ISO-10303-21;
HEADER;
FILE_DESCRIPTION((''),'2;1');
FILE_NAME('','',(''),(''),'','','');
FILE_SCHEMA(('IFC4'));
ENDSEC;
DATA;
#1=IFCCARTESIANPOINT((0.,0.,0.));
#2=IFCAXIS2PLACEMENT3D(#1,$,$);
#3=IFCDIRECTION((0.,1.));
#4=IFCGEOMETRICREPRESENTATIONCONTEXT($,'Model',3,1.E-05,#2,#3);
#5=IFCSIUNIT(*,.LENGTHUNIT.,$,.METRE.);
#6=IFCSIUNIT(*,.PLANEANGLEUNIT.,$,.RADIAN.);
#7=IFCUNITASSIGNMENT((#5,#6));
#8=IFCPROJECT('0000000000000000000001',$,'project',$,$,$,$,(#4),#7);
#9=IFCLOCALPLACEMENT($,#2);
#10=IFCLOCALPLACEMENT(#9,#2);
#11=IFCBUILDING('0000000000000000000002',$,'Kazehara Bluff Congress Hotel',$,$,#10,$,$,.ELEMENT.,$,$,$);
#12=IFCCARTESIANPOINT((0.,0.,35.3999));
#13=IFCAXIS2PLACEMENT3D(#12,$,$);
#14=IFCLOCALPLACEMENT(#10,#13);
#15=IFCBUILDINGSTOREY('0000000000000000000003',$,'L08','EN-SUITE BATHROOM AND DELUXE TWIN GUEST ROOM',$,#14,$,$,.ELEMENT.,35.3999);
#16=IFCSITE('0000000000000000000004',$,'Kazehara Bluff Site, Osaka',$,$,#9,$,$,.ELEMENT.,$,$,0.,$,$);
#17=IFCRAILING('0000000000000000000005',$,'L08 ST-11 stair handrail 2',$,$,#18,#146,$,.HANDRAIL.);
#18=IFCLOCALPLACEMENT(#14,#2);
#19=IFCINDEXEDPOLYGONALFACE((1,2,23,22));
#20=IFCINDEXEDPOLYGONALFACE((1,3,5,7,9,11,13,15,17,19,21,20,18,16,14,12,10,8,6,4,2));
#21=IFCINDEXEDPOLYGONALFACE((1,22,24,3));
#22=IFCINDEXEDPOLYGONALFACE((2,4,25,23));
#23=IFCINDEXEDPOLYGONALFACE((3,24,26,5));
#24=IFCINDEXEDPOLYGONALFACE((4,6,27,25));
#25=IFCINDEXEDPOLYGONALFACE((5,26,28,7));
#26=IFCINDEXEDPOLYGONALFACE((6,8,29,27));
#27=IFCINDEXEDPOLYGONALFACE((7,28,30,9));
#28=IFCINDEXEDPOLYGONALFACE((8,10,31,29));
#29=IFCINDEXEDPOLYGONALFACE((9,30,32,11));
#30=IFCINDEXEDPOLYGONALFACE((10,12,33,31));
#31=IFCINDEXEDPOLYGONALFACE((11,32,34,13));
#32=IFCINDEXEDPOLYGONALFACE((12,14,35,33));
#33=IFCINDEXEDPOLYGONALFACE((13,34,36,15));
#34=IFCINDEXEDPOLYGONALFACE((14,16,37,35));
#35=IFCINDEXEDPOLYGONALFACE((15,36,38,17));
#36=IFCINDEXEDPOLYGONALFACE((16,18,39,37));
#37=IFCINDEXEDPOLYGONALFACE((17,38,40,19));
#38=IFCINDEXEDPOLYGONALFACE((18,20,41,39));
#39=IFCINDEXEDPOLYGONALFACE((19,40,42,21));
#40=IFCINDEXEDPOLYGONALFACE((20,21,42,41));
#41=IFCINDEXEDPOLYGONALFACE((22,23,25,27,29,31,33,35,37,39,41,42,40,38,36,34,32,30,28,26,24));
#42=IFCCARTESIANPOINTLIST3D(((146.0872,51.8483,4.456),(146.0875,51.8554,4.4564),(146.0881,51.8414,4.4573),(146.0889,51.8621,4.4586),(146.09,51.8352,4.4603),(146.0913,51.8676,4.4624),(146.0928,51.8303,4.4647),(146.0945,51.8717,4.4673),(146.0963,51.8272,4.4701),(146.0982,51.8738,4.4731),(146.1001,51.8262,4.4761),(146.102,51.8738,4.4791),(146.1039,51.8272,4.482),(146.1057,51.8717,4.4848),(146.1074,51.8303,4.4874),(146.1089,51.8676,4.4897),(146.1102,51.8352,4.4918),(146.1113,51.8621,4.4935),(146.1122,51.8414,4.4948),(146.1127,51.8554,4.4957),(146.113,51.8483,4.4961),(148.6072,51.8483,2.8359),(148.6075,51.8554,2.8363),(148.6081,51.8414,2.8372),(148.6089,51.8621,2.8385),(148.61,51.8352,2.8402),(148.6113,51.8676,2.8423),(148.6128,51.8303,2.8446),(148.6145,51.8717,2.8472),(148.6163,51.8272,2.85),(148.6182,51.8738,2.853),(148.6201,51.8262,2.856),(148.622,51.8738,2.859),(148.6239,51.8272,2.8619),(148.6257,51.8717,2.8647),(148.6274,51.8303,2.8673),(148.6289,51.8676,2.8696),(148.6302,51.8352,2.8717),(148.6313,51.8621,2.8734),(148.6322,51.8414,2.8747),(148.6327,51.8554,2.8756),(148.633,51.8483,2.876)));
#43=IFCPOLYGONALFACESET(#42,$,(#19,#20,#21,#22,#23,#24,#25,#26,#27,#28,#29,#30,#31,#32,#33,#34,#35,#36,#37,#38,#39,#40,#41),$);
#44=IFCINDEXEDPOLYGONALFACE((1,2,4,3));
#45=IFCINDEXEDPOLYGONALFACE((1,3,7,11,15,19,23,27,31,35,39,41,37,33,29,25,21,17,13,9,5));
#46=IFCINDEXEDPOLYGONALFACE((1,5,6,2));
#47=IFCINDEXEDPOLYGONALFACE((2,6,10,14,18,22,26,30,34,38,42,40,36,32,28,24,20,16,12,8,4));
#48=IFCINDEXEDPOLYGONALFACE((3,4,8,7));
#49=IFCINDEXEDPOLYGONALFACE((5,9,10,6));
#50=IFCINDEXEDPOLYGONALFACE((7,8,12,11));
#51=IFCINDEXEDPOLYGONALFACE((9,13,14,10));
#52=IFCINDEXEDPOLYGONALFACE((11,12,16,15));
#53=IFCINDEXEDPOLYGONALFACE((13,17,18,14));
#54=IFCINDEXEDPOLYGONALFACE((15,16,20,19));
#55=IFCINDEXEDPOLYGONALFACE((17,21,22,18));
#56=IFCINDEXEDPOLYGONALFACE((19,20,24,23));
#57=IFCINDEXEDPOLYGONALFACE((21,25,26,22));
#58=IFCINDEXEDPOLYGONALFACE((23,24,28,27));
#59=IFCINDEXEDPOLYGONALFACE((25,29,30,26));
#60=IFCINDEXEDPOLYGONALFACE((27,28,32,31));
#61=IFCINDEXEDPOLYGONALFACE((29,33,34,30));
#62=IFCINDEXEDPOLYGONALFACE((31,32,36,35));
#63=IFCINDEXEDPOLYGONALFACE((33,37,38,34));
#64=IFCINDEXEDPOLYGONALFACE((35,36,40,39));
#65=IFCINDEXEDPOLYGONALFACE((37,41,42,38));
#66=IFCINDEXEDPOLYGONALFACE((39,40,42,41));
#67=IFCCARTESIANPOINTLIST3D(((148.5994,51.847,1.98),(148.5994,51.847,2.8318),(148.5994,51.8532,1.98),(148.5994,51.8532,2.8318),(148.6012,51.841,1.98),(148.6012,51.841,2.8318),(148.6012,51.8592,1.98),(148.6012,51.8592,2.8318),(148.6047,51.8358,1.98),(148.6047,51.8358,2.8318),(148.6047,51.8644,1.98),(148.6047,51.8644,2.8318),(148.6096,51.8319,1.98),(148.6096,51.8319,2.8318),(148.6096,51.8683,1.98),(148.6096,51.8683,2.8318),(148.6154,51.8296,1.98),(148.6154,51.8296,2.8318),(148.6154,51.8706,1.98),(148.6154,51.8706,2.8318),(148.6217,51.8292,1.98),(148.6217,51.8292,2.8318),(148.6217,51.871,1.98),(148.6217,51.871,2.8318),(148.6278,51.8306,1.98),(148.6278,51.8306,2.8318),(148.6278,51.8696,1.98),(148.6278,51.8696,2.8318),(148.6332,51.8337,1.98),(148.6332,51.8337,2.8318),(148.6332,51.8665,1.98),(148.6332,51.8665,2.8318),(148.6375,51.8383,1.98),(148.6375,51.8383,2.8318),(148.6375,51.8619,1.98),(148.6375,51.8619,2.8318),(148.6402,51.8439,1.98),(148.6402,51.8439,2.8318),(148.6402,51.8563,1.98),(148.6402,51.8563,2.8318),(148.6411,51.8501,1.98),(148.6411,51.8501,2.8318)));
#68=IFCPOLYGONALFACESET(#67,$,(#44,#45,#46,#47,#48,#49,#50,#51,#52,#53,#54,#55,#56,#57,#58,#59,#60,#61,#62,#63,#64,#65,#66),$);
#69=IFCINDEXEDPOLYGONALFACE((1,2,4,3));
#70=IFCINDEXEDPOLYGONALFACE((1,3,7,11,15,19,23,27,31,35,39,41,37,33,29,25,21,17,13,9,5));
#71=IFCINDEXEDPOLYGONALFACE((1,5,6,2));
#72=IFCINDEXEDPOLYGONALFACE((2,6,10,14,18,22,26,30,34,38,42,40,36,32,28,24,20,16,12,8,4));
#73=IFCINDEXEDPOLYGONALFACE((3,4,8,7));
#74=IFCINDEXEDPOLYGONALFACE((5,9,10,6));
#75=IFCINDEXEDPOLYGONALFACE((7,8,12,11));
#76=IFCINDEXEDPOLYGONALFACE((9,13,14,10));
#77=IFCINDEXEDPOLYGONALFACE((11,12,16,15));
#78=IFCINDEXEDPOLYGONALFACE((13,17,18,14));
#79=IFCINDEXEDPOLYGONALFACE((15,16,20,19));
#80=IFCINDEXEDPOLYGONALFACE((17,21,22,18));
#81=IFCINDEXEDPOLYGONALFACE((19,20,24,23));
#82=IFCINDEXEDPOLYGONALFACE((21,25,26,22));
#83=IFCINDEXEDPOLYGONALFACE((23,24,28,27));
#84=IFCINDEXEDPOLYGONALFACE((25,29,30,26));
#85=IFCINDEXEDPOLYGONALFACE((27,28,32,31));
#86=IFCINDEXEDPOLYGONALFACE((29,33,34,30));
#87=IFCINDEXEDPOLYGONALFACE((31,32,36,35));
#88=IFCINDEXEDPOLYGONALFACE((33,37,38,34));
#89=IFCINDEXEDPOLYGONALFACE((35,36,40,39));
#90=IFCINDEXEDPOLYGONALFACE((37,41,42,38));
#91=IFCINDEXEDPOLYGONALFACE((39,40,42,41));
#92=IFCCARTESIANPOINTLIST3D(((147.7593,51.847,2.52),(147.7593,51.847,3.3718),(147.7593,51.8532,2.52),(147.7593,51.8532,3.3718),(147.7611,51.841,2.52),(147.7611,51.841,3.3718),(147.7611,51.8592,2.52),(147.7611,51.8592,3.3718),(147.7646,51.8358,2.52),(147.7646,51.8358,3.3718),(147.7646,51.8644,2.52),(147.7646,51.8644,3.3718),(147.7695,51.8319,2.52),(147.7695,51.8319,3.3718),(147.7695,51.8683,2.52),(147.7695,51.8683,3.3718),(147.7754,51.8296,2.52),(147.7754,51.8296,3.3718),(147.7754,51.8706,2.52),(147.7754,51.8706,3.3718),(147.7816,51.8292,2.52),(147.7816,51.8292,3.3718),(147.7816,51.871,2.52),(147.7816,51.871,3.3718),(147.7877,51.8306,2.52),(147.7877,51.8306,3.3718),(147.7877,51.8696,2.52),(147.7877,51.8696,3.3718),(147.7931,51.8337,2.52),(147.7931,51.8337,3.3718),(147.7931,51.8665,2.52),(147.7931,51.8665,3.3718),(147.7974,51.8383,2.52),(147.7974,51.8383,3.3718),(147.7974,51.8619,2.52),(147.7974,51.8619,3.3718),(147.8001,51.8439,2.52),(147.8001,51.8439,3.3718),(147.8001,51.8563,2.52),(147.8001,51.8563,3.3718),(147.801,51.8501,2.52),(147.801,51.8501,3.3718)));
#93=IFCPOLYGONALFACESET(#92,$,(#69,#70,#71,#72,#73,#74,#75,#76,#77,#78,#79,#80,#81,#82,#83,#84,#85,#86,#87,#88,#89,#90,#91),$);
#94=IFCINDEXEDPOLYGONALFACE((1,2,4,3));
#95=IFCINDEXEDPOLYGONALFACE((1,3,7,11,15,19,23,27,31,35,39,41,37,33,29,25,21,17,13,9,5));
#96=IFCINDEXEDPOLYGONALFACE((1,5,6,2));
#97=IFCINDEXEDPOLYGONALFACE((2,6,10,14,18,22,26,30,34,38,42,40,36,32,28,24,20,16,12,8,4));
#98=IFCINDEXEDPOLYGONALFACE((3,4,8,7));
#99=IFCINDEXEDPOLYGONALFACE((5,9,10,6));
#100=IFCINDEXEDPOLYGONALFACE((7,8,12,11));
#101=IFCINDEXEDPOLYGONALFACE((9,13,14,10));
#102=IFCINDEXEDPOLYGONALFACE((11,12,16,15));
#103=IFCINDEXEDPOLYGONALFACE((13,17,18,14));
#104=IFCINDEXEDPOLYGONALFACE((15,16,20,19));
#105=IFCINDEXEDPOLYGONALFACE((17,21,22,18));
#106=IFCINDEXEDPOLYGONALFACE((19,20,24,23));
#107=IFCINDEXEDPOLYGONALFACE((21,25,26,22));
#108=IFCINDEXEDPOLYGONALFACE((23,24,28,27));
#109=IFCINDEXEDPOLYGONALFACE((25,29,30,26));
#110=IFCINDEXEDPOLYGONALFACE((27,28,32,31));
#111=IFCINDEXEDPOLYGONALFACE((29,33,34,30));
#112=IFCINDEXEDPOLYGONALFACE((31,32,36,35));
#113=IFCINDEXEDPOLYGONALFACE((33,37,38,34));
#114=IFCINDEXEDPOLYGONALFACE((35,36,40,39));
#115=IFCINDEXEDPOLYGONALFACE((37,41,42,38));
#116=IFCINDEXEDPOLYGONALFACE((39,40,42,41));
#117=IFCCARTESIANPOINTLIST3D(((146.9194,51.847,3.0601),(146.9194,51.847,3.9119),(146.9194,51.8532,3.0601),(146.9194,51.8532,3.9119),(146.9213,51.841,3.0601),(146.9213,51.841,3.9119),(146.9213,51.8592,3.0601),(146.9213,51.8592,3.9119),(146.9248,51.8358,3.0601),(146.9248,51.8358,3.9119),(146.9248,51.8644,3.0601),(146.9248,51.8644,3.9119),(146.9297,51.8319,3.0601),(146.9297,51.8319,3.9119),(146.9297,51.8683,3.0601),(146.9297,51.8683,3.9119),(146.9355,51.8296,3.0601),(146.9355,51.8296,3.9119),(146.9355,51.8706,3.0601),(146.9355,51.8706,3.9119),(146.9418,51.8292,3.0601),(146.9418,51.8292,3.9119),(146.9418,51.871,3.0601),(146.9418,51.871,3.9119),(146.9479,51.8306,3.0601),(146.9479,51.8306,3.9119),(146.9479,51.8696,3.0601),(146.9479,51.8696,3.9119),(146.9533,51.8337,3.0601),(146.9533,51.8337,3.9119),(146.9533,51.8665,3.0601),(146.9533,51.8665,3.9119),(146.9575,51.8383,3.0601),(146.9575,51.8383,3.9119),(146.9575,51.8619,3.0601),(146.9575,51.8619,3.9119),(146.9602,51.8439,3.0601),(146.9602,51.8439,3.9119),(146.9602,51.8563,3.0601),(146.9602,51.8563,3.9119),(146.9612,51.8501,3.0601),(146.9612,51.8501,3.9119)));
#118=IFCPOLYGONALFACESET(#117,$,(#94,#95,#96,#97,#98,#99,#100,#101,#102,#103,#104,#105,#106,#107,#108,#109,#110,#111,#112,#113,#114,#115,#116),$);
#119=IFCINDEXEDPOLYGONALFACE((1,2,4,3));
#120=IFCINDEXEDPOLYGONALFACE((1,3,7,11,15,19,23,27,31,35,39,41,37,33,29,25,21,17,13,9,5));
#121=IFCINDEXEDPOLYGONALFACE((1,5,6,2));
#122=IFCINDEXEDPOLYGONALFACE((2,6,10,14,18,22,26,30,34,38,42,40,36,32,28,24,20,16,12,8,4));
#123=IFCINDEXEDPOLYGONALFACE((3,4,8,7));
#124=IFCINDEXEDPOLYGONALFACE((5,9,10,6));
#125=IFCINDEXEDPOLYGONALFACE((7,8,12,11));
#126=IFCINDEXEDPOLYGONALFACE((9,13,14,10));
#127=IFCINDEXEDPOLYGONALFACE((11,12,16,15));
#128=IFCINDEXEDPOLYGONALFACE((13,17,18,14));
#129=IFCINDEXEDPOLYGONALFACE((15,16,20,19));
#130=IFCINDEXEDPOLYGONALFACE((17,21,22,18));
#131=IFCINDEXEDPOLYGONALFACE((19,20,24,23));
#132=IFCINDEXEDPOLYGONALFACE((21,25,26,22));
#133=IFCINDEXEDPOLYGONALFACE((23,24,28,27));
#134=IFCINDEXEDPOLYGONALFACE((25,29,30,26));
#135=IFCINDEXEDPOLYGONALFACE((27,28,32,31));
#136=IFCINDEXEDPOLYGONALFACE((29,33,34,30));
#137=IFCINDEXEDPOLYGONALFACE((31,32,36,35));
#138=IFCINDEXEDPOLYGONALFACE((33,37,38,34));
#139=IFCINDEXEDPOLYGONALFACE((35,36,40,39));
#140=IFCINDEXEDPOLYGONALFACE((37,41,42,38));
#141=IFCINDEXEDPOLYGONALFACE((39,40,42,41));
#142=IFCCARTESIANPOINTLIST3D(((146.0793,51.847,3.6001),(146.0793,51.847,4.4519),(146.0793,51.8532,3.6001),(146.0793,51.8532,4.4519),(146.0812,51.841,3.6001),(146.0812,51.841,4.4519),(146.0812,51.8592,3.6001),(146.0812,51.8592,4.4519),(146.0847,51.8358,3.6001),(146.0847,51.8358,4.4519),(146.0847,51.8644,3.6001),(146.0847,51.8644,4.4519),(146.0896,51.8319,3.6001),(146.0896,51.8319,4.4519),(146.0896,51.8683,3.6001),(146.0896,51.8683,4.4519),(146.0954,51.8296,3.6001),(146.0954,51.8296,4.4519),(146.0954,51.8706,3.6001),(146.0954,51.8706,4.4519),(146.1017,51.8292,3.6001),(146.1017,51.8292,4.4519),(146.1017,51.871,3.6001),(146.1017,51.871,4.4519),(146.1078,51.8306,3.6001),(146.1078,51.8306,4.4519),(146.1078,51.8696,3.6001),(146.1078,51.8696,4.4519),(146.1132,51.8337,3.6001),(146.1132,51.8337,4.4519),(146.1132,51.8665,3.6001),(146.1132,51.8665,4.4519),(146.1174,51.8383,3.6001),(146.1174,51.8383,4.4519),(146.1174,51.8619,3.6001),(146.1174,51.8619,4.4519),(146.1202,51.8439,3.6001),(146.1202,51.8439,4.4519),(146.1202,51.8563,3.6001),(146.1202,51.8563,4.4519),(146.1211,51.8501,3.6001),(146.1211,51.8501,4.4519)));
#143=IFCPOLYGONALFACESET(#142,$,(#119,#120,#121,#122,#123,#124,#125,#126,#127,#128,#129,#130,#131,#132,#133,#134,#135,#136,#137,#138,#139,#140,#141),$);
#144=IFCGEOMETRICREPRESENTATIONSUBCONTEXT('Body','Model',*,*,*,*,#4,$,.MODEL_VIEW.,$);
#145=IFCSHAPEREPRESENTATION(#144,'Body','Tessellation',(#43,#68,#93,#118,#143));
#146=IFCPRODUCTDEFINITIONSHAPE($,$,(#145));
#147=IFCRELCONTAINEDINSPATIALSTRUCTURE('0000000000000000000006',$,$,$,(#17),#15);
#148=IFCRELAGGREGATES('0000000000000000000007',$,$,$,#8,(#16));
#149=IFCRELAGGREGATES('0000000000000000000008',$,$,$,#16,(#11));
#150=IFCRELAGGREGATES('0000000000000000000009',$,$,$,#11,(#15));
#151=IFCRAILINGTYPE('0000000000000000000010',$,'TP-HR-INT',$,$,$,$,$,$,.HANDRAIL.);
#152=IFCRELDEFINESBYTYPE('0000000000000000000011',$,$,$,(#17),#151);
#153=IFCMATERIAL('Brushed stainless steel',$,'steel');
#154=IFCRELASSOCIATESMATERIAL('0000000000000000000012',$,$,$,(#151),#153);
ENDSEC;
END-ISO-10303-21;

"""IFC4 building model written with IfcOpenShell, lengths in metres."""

from ifc_helpers import new_model, si_unit, direction, frame, origin, origin_2d, place, context, subcontext, project, spatial, circle, extrude, material, type_object, element, save


model = new_model("IFC4")

# Units and contexts
model_context = context("Model", 3, precision=1e-05, world=origin(), true_north=direction((0.0, 1.0)))
body_context = subcontext(model_context, "Body", "Model", "MODEL_VIEW")
ifc_project = project(units=[si_unit("LENGTHUNIT", "METRE"), si_unit("PLANEANGLEUNIT", "RADIAN")], contexts=[model_context])

# Site, building, storey
site_placement = place(None, origin())
site = spatial("IfcSite", under=ifc_project, at=site_placement, Name="Kazehara Bluff Site, Osaka", CompositionType="ELEMENT", RefElevation=0.0)
building_placement = place(site_placement, origin())
building = spatial("IfcBuilding", under=site, at=building_placement, Name="Kazehara Bluff Congress Hotel", CompositionType="ELEMENT")
storey_placement = place(building_placement, frame((0.0, 0.0, 35.3999)))
storey = spatial("IfcBuildingStorey", under=building, at=storey_placement, Name="L08", Description="EN-SUITE BATHROOM AND DELUXE TWIN GUEST ROOM", CompositionType="ELEMENT", Elevation=35.3999)

# Railing
ifc_material_1 = material(Name="Brushed stainless steel", Category="steel")
railing_type_1 = type_object("IfcRailingType", Name="TP-HR-INT", PredefinedType="HANDRAIL", material=ifc_material_1)
railing_1_placement = place(storey_placement, frame((148.6201, 51.8501, 1.98)))
element("IfcRailing", 1, at=railing_1_placement, inside=storey, type_object=railing_type_1, Name="L08 ST-11 stair handrail 2", PredefinedType="HANDRAIL", context=body_context, shape_type="SweptSolid", body=[
    extrude(circle(Radius=0.0239, at=origin_2d()), frame((0.0, 0.0, 0.876), z_axis=(-0.841163, 0.0, 0.540782), x_axis=(0.0, -1.0, 0.0)), (0.0, 0.0, 1.0), 2.9958),
    extrude(circle(Radius=0.021, at=origin_2d()), origin(), (0.0, 0.0, 1.0), 0.8518),
    extrude(circle(Radius=0.021, at=origin_2d()), frame((-0.8401, 0.0, 0.54)), (0.0, 0.0, 1.0), 0.8518),
    extrude(circle(Radius=0.021, at=origin_2d()), frame((-1.6799, 0.0, 1.0801)), (0.0, 0.0, 1.0), 0.8518),
    extrude(circle(Radius=0.021, at=origin_2d()), frame((-2.52, 0.0, 1.6201)), (0.0, 0.0, 1.0), 0.8518),
])

save(model, "model.ifc")
